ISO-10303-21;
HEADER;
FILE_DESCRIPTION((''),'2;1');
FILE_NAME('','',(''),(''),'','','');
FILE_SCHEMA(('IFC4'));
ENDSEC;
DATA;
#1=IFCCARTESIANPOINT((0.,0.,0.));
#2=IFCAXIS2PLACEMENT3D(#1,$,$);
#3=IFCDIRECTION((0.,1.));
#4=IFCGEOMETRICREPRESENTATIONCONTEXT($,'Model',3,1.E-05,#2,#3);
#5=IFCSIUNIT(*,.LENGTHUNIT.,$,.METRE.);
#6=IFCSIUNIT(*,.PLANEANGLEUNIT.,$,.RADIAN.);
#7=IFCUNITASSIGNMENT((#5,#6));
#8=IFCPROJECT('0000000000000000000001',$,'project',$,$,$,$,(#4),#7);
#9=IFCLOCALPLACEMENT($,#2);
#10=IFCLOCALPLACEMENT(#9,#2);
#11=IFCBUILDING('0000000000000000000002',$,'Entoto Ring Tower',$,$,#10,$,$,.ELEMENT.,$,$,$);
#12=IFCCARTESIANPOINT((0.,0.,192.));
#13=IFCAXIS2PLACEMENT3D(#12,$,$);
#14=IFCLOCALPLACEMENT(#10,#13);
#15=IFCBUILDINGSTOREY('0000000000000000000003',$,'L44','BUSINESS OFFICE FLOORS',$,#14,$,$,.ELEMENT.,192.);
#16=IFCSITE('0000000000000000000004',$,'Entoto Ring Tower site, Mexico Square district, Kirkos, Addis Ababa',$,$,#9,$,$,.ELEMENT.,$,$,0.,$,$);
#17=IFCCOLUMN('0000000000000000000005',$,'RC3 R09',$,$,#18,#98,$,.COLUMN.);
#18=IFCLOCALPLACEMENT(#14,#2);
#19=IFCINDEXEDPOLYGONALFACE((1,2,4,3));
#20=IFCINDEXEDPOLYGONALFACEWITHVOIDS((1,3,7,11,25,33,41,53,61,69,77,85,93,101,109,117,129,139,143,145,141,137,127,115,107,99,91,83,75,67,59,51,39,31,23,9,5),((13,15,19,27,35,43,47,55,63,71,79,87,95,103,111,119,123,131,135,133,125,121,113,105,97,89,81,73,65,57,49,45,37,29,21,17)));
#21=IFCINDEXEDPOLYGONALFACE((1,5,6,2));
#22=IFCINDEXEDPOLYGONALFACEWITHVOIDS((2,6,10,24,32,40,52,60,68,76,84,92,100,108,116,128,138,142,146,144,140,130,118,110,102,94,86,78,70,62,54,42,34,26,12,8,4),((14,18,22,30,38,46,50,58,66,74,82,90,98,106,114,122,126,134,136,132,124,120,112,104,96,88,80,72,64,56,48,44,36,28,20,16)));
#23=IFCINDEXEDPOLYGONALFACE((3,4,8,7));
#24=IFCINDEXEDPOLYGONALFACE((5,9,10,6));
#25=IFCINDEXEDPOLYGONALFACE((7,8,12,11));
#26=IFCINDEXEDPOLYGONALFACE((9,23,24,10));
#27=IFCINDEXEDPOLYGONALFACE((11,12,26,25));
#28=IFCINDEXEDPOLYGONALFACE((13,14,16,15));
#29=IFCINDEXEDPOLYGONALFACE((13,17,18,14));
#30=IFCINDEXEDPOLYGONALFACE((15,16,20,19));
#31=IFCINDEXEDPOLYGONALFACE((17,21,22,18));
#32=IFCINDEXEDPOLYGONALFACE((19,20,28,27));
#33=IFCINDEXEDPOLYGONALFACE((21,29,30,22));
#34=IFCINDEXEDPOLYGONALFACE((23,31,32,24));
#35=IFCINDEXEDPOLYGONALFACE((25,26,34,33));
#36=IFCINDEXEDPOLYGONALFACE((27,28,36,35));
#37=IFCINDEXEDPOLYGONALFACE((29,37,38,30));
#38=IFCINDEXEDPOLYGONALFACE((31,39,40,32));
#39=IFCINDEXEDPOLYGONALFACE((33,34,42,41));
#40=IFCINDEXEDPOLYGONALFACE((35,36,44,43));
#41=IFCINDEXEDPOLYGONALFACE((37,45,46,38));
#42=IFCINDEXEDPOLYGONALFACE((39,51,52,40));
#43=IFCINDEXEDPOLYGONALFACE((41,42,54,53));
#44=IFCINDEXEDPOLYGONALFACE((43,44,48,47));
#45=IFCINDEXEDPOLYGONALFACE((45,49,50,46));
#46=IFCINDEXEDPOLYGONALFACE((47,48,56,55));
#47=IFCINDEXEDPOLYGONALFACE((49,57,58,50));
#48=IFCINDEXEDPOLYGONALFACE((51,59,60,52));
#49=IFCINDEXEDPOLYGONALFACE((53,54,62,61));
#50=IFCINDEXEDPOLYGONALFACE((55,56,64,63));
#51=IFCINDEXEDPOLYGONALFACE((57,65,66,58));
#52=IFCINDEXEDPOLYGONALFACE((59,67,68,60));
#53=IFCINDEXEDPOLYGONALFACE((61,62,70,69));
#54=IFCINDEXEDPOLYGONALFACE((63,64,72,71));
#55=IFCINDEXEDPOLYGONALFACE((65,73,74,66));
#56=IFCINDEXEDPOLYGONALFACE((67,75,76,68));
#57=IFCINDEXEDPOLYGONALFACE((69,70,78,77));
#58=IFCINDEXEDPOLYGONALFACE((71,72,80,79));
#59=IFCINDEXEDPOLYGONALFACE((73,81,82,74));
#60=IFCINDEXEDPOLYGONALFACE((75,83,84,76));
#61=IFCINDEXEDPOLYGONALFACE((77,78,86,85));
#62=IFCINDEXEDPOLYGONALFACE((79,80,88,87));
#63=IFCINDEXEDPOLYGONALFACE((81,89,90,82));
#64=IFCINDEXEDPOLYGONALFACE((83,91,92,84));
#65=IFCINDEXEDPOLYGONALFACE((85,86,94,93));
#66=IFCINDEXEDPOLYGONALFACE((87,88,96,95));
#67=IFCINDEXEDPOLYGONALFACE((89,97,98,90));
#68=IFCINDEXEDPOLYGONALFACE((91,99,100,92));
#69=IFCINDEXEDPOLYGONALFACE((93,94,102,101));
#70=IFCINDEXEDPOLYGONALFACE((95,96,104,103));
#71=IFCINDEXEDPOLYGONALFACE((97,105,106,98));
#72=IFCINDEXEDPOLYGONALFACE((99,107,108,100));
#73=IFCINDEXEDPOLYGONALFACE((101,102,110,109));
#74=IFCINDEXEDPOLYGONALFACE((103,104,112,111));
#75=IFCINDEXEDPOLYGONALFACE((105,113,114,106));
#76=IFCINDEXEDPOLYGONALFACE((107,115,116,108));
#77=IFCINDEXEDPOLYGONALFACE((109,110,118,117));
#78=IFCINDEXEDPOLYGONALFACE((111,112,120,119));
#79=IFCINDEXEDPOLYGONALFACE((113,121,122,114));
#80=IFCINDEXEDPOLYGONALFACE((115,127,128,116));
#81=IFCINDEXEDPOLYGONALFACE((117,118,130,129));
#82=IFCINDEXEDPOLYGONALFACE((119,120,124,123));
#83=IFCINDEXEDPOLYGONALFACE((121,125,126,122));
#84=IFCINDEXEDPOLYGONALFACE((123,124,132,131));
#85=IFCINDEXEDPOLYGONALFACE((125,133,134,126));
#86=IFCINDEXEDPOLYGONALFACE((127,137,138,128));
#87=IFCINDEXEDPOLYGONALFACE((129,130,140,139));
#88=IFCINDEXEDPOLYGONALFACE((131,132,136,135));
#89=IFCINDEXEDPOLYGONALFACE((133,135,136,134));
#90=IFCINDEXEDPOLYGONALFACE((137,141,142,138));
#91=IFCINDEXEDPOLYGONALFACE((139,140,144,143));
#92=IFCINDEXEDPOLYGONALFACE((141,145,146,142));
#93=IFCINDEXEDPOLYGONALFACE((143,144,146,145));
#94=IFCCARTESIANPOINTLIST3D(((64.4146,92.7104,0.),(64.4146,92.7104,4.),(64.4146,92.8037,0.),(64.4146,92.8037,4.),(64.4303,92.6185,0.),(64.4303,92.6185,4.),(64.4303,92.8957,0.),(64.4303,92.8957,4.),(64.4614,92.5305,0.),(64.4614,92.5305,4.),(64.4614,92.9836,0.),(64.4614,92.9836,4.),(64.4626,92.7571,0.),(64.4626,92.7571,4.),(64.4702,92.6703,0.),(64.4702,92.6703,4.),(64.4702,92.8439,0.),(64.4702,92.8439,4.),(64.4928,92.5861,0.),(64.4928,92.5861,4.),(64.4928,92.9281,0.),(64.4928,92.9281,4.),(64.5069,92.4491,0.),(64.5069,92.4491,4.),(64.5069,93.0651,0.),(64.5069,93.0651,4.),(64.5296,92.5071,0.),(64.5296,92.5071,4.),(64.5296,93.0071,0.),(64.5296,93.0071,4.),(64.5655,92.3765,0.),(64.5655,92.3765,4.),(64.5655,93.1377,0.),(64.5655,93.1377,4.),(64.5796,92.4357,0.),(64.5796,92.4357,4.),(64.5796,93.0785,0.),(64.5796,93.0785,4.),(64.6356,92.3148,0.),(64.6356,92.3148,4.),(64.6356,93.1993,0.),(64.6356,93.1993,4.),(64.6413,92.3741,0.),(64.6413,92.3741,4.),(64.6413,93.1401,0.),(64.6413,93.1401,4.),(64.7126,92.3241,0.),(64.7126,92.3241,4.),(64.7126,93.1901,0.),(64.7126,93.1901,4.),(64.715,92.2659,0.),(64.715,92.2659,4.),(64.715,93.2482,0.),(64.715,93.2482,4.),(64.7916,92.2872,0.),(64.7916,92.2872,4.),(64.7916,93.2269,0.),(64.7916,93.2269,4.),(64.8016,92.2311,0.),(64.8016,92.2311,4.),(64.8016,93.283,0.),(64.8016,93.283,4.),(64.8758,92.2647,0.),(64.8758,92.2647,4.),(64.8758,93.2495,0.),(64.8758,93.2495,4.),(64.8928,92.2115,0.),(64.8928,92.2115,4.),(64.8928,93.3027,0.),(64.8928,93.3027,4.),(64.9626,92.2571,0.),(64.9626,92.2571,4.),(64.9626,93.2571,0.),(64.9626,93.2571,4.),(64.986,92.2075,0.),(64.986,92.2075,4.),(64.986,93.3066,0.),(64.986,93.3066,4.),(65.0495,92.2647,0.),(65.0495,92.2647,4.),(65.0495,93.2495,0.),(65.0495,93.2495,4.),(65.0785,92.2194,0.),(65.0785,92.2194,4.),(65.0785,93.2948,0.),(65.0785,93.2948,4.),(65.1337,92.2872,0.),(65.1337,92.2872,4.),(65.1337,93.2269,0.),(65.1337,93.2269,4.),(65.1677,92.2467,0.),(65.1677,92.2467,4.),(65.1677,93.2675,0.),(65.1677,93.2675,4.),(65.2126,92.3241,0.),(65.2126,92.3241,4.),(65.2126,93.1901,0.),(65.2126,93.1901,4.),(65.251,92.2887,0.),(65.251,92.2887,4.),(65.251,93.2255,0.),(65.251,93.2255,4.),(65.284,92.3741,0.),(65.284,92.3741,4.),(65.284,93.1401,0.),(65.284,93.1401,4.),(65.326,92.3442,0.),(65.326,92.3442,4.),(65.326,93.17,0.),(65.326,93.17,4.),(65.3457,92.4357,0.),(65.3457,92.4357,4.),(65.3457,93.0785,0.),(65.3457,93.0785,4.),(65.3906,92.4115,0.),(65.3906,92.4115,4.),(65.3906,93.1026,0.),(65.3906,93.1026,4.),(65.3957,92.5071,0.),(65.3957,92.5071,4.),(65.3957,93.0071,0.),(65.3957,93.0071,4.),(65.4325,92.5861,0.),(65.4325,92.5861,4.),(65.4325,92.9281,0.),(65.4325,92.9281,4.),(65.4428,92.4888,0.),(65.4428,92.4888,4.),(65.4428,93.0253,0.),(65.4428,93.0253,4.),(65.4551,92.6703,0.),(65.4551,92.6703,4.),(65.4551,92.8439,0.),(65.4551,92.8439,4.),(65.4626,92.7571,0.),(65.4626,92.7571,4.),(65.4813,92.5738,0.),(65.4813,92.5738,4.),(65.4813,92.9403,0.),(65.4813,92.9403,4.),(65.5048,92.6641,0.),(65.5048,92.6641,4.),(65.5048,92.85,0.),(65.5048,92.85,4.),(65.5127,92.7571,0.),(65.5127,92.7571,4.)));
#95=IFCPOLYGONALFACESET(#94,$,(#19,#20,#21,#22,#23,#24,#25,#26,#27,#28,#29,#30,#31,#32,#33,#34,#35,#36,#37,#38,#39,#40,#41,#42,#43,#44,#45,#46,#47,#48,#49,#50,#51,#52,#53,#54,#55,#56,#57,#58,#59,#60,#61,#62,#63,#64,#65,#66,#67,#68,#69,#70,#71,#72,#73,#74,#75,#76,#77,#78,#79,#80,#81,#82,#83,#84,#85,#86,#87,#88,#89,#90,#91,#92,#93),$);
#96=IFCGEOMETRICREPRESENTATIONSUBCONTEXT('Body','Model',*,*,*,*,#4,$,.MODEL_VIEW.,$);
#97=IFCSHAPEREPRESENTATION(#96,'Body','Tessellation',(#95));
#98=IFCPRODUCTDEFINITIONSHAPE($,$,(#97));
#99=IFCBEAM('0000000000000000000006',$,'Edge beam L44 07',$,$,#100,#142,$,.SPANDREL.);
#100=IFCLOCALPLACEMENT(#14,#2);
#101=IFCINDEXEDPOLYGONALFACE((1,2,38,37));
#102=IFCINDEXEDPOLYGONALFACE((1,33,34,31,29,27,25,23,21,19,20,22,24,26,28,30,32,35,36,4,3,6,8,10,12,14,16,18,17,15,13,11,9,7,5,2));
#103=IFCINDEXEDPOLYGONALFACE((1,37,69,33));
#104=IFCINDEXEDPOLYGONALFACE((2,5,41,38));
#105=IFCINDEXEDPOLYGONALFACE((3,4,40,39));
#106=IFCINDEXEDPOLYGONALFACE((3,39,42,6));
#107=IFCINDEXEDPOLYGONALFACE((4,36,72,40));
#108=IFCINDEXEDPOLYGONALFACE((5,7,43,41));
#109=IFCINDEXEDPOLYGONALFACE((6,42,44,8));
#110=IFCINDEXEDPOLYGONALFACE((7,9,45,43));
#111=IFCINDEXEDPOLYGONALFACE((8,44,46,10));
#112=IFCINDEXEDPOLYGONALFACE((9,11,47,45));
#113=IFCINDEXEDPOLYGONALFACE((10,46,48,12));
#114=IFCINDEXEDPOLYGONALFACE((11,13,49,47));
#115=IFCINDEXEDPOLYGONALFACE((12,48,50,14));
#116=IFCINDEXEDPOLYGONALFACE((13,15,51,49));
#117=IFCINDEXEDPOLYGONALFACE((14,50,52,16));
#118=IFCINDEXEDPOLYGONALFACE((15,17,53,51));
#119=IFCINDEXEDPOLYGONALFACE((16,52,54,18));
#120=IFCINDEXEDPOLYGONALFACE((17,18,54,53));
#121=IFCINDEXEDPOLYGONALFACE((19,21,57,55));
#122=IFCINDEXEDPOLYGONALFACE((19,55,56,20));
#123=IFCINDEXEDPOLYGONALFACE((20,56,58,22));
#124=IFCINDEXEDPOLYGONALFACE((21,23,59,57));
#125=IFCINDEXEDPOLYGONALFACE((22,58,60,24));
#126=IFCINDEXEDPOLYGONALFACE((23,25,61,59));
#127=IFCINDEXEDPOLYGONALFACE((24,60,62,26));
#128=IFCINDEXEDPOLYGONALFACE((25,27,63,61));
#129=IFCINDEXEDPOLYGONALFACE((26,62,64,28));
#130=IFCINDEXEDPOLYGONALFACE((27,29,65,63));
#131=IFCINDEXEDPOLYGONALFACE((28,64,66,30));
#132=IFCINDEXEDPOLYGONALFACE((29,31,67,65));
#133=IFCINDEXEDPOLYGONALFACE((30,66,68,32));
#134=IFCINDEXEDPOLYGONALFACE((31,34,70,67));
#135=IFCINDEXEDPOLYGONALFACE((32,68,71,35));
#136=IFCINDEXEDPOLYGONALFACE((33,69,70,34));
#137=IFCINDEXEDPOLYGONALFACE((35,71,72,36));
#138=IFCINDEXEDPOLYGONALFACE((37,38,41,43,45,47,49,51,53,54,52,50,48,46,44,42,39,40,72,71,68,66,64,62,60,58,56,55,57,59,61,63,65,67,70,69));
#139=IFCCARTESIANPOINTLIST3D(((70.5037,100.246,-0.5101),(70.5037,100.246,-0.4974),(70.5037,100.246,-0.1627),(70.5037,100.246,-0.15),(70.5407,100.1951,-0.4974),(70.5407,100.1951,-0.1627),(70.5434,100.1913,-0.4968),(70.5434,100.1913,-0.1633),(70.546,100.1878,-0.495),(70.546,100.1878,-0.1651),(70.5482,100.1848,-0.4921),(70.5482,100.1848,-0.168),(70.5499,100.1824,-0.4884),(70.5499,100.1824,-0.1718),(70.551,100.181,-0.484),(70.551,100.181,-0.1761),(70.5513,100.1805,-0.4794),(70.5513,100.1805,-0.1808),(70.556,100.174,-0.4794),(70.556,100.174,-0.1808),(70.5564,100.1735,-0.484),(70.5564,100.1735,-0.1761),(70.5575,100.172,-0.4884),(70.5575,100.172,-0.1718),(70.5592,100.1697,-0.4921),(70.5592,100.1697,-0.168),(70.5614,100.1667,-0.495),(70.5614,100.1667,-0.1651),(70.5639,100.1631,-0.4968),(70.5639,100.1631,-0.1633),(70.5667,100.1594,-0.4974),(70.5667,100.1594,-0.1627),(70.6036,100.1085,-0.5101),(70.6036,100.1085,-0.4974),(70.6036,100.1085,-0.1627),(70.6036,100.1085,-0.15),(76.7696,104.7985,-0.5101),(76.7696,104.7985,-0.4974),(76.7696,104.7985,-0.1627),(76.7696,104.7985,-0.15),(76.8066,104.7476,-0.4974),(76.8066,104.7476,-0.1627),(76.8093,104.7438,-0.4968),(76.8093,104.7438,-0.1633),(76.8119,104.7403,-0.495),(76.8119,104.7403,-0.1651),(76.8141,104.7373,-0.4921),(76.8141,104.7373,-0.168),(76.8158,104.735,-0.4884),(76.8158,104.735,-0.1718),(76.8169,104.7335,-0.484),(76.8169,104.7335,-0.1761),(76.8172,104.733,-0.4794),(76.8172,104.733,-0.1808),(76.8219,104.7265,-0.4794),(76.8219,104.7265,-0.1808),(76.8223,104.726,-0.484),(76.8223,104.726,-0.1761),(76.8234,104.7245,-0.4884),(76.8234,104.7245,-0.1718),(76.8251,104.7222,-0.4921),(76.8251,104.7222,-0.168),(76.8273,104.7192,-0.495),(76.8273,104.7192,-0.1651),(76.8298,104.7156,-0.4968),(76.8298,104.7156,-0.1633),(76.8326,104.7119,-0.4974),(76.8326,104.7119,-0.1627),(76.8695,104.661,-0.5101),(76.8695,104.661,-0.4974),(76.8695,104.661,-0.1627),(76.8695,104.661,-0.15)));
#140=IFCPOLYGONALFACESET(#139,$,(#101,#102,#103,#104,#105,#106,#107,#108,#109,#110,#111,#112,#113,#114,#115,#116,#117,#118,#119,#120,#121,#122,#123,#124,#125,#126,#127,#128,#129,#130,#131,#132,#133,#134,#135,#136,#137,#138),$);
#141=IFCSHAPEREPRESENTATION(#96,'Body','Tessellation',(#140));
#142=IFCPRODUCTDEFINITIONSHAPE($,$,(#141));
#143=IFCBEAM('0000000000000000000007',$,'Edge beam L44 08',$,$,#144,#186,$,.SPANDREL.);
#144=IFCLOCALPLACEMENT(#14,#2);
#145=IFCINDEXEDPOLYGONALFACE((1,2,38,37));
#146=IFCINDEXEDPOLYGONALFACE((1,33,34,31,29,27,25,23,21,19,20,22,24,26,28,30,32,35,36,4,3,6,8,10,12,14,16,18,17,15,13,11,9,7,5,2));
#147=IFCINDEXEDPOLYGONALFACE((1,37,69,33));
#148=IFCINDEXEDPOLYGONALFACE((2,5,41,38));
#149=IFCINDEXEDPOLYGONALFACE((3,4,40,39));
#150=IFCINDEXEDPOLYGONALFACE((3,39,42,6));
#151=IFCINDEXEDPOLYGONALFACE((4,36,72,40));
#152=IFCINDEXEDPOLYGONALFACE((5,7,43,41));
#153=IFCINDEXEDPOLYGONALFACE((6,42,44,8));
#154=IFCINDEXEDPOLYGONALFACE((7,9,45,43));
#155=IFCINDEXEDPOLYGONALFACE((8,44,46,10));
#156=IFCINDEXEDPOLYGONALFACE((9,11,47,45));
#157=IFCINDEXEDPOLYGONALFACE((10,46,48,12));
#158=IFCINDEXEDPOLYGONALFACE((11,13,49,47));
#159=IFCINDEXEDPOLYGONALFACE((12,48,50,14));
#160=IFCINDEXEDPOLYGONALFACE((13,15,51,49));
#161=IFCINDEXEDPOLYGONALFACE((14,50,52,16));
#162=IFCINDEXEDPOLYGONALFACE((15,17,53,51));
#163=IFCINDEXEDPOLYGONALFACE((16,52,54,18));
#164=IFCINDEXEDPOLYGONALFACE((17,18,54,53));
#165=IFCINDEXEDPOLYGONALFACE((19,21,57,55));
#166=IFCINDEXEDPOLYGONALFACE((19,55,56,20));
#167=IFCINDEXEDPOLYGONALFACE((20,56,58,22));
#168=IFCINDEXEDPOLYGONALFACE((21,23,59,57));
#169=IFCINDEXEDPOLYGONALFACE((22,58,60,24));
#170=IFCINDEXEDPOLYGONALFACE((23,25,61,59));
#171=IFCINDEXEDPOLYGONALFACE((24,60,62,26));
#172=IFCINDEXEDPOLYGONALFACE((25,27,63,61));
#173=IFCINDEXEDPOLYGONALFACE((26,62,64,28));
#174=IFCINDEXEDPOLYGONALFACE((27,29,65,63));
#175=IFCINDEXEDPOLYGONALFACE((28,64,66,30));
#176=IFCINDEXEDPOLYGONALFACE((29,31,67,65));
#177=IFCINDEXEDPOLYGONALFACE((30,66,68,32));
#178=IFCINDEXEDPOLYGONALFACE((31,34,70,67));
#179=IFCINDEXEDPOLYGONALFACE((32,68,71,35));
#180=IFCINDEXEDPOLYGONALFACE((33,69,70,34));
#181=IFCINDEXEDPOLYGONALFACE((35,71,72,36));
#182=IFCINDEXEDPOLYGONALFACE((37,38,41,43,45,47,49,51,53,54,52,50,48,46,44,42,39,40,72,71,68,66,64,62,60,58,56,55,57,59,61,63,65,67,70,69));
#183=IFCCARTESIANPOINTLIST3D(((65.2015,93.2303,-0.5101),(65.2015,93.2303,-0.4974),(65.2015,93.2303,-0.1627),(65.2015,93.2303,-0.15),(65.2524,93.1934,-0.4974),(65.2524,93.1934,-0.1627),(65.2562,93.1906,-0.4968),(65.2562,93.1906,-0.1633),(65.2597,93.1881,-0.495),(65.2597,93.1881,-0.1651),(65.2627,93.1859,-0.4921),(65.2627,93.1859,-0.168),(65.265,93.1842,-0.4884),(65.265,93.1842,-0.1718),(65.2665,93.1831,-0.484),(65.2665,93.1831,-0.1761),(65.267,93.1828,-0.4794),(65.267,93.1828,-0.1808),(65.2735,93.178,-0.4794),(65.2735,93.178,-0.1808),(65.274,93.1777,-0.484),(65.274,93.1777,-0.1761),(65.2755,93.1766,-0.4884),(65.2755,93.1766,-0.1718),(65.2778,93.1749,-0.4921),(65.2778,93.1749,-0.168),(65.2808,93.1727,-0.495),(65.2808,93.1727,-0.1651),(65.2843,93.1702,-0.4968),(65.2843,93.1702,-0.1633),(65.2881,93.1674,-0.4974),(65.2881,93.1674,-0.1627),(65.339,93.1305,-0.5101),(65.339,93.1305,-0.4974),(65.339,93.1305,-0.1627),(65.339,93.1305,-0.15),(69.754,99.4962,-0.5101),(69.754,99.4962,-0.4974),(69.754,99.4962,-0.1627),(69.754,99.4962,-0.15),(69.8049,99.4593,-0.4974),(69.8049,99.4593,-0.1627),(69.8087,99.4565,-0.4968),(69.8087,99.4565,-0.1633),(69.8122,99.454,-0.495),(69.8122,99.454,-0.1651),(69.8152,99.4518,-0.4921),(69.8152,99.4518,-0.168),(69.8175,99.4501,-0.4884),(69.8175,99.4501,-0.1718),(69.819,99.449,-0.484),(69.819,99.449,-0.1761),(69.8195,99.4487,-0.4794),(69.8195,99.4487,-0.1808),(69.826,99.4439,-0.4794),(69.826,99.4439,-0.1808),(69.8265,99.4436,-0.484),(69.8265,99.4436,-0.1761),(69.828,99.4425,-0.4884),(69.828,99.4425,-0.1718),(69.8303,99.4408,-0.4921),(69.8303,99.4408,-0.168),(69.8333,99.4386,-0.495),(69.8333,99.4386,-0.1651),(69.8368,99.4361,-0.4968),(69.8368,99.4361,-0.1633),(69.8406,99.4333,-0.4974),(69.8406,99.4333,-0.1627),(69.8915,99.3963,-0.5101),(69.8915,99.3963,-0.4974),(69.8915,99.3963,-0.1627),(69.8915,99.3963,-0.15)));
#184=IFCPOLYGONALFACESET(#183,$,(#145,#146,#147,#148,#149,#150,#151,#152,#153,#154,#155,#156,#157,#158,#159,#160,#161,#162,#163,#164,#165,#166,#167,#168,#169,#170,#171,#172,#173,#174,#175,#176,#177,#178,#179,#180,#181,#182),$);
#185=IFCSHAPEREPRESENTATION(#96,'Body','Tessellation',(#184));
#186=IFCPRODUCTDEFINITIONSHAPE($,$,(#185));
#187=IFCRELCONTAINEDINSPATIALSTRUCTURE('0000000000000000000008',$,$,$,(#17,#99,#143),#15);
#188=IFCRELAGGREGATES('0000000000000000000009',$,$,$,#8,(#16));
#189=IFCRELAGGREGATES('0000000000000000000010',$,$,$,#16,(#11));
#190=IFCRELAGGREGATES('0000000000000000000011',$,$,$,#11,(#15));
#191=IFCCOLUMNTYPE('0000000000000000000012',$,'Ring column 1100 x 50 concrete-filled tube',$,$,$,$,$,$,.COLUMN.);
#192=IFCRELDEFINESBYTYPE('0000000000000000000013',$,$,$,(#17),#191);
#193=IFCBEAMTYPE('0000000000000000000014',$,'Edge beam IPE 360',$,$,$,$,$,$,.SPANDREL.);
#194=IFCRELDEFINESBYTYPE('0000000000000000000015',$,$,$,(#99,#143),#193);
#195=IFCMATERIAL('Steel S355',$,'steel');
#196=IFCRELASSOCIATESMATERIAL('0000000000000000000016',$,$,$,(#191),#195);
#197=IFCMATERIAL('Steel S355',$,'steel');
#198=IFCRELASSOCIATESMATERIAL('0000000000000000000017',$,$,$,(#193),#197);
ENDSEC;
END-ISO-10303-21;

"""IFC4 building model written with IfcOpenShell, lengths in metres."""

from ifc_helpers import new_model, si_unit, direction, frame, origin, origin_2d, place, context, subcontext, project, spatial, circle, hollow_circle, i_section, extrude, material, material_profile, profile_set, type_object, element, save


model = new_model("IFC4")

# Units and contexts
model_context = context("Model", 3, precision=1e-05, world=origin(), true_north=direction((0.0, 1.0)))
body_context = subcontext(model_context, "Body", "Model", "MODEL_VIEW")
ifc_project = project(units=[si_unit("LENGTHUNIT", "METRE"), si_unit("PLANEANGLEUNIT", "RADIAN")], contexts=[model_context])

# Site, building, storey
site_placement = place(None, origin())
site = spatial("IfcSite", under=ifc_project, at=site_placement, Name="Entoto Ring Tower site, Mexico Square district, Kirkos, Addis Ababa", CompositionType="ELEMENT", RefElevation=0.0)
building_placement = place(site_placement, origin())
building = spatial("IfcBuilding", under=site, at=building_placement, Name="Entoto Ring Tower", CompositionType="ELEMENT")
storey_placement = place(building_placement, frame((0.0, 0.0, 192.0)))
storey = spatial("IfcBuildingStorey", under=building, at=storey_placement, Name="L44", Description="BUSINESS OFFICE FLOORS", CompositionType="ELEMENT", Elevation=192.0)

# Column
ifc_material_1 = material(Name="Steel S355", Category="steel")
ifc_material_profile_1 = material_profile(ifc_material_1, hollow_circle(Radius=0.55, WallThickness=0.05, at=origin_2d()), Name="CHS 1100 x 50")
ifc_material_2 = material(Name="Concrete C60/75", Category="concrete")
ifc_material_profile_2 = material_profile(ifc_material_2, circle(Radius=0.5, at=origin_2d()), Name="Concrete C60/75 infill")
ifc_profile_set_1 = profile_set([ifc_material_profile_1, ifc_material_profile_2], Name="Steel S355")
column_type = type_object("IfcColumnType", Name="Ring column 1100 x 50 concrete-filled tube", PredefinedType="COLUMN", material=ifc_profile_set_1)
for number, where, z_axis, x_axis, name in (
    (1, (64.9626, 92.7571, 0.0), (0.0, 0.0, 1.0), (1.0, 0.0, 0.0), "RC3 R09"),
):
    element("IfcColumn", number, at=place(storey_placement, frame(where, z_axis=z_axis, x_axis=x_axis)), inside=storey, type_object=column_type, Name=name, PredefinedType="COLUMN", context=body_context, shape_type="SweptSolid", body=[
        extrude(hollow_circle(Radius=0.55, WallThickness=0.05, at=origin_2d()), origin(), (0.0, 0.0, 1.0), 4.0),
    ])

# Beams
ifc_material_3 = material(Name="Steel S355", Category="steel")
ifc_material_profile_3 = material_profile(ifc_material_3, i_section(OverallWidth=0.1699, OverallDepth=0.3601, WebThickness=0.0081, FlangeThickness=0.0127, FilletRadius=0.0181, at=origin_2d()), Name="IPE 360")
ifc_profile_set_2 = profile_set([ifc_material_profile_3], Name="Steel S355")
beam_type_1 = type_object("IfcBeamType", Name="Edge beam IPE 360", PredefinedType="SPANDREL", material=ifc_profile_set_2)
for number, where, z_axis, x_axis, name in (
    (2, (76.8196, 104.7297, -0.3301), (-0.809013, -0.587791, 0.0), (0.587791, -0.809013, 0.0), "Edge beam L44 07"),
    (3, (69.8228, 99.4463, -0.3301), (-0.587791, -0.809013, 0.0), (0.809013, -0.587791, 0.0), "Edge beam L44 08"),
):
    element("IfcBeam", number, at=place(storey_placement, frame(where, z_axis=z_axis, x_axis=x_axis)), inside=storey, type_object=beam_type_1, Name=name, PredefinedType="SPANDREL", context=body_context, shape_type="SweptSolid", body=[
        extrude(i_section(OverallWidth=0.1699, OverallDepth=0.3601, WebThickness=0.0081, FlangeThickness=0.0127, FilletRadius=0.0181, at=origin_2d()), origin(), (0.0, 0.0, 1.0), 7.7451),
    ])

save(model, "model.ifc")
